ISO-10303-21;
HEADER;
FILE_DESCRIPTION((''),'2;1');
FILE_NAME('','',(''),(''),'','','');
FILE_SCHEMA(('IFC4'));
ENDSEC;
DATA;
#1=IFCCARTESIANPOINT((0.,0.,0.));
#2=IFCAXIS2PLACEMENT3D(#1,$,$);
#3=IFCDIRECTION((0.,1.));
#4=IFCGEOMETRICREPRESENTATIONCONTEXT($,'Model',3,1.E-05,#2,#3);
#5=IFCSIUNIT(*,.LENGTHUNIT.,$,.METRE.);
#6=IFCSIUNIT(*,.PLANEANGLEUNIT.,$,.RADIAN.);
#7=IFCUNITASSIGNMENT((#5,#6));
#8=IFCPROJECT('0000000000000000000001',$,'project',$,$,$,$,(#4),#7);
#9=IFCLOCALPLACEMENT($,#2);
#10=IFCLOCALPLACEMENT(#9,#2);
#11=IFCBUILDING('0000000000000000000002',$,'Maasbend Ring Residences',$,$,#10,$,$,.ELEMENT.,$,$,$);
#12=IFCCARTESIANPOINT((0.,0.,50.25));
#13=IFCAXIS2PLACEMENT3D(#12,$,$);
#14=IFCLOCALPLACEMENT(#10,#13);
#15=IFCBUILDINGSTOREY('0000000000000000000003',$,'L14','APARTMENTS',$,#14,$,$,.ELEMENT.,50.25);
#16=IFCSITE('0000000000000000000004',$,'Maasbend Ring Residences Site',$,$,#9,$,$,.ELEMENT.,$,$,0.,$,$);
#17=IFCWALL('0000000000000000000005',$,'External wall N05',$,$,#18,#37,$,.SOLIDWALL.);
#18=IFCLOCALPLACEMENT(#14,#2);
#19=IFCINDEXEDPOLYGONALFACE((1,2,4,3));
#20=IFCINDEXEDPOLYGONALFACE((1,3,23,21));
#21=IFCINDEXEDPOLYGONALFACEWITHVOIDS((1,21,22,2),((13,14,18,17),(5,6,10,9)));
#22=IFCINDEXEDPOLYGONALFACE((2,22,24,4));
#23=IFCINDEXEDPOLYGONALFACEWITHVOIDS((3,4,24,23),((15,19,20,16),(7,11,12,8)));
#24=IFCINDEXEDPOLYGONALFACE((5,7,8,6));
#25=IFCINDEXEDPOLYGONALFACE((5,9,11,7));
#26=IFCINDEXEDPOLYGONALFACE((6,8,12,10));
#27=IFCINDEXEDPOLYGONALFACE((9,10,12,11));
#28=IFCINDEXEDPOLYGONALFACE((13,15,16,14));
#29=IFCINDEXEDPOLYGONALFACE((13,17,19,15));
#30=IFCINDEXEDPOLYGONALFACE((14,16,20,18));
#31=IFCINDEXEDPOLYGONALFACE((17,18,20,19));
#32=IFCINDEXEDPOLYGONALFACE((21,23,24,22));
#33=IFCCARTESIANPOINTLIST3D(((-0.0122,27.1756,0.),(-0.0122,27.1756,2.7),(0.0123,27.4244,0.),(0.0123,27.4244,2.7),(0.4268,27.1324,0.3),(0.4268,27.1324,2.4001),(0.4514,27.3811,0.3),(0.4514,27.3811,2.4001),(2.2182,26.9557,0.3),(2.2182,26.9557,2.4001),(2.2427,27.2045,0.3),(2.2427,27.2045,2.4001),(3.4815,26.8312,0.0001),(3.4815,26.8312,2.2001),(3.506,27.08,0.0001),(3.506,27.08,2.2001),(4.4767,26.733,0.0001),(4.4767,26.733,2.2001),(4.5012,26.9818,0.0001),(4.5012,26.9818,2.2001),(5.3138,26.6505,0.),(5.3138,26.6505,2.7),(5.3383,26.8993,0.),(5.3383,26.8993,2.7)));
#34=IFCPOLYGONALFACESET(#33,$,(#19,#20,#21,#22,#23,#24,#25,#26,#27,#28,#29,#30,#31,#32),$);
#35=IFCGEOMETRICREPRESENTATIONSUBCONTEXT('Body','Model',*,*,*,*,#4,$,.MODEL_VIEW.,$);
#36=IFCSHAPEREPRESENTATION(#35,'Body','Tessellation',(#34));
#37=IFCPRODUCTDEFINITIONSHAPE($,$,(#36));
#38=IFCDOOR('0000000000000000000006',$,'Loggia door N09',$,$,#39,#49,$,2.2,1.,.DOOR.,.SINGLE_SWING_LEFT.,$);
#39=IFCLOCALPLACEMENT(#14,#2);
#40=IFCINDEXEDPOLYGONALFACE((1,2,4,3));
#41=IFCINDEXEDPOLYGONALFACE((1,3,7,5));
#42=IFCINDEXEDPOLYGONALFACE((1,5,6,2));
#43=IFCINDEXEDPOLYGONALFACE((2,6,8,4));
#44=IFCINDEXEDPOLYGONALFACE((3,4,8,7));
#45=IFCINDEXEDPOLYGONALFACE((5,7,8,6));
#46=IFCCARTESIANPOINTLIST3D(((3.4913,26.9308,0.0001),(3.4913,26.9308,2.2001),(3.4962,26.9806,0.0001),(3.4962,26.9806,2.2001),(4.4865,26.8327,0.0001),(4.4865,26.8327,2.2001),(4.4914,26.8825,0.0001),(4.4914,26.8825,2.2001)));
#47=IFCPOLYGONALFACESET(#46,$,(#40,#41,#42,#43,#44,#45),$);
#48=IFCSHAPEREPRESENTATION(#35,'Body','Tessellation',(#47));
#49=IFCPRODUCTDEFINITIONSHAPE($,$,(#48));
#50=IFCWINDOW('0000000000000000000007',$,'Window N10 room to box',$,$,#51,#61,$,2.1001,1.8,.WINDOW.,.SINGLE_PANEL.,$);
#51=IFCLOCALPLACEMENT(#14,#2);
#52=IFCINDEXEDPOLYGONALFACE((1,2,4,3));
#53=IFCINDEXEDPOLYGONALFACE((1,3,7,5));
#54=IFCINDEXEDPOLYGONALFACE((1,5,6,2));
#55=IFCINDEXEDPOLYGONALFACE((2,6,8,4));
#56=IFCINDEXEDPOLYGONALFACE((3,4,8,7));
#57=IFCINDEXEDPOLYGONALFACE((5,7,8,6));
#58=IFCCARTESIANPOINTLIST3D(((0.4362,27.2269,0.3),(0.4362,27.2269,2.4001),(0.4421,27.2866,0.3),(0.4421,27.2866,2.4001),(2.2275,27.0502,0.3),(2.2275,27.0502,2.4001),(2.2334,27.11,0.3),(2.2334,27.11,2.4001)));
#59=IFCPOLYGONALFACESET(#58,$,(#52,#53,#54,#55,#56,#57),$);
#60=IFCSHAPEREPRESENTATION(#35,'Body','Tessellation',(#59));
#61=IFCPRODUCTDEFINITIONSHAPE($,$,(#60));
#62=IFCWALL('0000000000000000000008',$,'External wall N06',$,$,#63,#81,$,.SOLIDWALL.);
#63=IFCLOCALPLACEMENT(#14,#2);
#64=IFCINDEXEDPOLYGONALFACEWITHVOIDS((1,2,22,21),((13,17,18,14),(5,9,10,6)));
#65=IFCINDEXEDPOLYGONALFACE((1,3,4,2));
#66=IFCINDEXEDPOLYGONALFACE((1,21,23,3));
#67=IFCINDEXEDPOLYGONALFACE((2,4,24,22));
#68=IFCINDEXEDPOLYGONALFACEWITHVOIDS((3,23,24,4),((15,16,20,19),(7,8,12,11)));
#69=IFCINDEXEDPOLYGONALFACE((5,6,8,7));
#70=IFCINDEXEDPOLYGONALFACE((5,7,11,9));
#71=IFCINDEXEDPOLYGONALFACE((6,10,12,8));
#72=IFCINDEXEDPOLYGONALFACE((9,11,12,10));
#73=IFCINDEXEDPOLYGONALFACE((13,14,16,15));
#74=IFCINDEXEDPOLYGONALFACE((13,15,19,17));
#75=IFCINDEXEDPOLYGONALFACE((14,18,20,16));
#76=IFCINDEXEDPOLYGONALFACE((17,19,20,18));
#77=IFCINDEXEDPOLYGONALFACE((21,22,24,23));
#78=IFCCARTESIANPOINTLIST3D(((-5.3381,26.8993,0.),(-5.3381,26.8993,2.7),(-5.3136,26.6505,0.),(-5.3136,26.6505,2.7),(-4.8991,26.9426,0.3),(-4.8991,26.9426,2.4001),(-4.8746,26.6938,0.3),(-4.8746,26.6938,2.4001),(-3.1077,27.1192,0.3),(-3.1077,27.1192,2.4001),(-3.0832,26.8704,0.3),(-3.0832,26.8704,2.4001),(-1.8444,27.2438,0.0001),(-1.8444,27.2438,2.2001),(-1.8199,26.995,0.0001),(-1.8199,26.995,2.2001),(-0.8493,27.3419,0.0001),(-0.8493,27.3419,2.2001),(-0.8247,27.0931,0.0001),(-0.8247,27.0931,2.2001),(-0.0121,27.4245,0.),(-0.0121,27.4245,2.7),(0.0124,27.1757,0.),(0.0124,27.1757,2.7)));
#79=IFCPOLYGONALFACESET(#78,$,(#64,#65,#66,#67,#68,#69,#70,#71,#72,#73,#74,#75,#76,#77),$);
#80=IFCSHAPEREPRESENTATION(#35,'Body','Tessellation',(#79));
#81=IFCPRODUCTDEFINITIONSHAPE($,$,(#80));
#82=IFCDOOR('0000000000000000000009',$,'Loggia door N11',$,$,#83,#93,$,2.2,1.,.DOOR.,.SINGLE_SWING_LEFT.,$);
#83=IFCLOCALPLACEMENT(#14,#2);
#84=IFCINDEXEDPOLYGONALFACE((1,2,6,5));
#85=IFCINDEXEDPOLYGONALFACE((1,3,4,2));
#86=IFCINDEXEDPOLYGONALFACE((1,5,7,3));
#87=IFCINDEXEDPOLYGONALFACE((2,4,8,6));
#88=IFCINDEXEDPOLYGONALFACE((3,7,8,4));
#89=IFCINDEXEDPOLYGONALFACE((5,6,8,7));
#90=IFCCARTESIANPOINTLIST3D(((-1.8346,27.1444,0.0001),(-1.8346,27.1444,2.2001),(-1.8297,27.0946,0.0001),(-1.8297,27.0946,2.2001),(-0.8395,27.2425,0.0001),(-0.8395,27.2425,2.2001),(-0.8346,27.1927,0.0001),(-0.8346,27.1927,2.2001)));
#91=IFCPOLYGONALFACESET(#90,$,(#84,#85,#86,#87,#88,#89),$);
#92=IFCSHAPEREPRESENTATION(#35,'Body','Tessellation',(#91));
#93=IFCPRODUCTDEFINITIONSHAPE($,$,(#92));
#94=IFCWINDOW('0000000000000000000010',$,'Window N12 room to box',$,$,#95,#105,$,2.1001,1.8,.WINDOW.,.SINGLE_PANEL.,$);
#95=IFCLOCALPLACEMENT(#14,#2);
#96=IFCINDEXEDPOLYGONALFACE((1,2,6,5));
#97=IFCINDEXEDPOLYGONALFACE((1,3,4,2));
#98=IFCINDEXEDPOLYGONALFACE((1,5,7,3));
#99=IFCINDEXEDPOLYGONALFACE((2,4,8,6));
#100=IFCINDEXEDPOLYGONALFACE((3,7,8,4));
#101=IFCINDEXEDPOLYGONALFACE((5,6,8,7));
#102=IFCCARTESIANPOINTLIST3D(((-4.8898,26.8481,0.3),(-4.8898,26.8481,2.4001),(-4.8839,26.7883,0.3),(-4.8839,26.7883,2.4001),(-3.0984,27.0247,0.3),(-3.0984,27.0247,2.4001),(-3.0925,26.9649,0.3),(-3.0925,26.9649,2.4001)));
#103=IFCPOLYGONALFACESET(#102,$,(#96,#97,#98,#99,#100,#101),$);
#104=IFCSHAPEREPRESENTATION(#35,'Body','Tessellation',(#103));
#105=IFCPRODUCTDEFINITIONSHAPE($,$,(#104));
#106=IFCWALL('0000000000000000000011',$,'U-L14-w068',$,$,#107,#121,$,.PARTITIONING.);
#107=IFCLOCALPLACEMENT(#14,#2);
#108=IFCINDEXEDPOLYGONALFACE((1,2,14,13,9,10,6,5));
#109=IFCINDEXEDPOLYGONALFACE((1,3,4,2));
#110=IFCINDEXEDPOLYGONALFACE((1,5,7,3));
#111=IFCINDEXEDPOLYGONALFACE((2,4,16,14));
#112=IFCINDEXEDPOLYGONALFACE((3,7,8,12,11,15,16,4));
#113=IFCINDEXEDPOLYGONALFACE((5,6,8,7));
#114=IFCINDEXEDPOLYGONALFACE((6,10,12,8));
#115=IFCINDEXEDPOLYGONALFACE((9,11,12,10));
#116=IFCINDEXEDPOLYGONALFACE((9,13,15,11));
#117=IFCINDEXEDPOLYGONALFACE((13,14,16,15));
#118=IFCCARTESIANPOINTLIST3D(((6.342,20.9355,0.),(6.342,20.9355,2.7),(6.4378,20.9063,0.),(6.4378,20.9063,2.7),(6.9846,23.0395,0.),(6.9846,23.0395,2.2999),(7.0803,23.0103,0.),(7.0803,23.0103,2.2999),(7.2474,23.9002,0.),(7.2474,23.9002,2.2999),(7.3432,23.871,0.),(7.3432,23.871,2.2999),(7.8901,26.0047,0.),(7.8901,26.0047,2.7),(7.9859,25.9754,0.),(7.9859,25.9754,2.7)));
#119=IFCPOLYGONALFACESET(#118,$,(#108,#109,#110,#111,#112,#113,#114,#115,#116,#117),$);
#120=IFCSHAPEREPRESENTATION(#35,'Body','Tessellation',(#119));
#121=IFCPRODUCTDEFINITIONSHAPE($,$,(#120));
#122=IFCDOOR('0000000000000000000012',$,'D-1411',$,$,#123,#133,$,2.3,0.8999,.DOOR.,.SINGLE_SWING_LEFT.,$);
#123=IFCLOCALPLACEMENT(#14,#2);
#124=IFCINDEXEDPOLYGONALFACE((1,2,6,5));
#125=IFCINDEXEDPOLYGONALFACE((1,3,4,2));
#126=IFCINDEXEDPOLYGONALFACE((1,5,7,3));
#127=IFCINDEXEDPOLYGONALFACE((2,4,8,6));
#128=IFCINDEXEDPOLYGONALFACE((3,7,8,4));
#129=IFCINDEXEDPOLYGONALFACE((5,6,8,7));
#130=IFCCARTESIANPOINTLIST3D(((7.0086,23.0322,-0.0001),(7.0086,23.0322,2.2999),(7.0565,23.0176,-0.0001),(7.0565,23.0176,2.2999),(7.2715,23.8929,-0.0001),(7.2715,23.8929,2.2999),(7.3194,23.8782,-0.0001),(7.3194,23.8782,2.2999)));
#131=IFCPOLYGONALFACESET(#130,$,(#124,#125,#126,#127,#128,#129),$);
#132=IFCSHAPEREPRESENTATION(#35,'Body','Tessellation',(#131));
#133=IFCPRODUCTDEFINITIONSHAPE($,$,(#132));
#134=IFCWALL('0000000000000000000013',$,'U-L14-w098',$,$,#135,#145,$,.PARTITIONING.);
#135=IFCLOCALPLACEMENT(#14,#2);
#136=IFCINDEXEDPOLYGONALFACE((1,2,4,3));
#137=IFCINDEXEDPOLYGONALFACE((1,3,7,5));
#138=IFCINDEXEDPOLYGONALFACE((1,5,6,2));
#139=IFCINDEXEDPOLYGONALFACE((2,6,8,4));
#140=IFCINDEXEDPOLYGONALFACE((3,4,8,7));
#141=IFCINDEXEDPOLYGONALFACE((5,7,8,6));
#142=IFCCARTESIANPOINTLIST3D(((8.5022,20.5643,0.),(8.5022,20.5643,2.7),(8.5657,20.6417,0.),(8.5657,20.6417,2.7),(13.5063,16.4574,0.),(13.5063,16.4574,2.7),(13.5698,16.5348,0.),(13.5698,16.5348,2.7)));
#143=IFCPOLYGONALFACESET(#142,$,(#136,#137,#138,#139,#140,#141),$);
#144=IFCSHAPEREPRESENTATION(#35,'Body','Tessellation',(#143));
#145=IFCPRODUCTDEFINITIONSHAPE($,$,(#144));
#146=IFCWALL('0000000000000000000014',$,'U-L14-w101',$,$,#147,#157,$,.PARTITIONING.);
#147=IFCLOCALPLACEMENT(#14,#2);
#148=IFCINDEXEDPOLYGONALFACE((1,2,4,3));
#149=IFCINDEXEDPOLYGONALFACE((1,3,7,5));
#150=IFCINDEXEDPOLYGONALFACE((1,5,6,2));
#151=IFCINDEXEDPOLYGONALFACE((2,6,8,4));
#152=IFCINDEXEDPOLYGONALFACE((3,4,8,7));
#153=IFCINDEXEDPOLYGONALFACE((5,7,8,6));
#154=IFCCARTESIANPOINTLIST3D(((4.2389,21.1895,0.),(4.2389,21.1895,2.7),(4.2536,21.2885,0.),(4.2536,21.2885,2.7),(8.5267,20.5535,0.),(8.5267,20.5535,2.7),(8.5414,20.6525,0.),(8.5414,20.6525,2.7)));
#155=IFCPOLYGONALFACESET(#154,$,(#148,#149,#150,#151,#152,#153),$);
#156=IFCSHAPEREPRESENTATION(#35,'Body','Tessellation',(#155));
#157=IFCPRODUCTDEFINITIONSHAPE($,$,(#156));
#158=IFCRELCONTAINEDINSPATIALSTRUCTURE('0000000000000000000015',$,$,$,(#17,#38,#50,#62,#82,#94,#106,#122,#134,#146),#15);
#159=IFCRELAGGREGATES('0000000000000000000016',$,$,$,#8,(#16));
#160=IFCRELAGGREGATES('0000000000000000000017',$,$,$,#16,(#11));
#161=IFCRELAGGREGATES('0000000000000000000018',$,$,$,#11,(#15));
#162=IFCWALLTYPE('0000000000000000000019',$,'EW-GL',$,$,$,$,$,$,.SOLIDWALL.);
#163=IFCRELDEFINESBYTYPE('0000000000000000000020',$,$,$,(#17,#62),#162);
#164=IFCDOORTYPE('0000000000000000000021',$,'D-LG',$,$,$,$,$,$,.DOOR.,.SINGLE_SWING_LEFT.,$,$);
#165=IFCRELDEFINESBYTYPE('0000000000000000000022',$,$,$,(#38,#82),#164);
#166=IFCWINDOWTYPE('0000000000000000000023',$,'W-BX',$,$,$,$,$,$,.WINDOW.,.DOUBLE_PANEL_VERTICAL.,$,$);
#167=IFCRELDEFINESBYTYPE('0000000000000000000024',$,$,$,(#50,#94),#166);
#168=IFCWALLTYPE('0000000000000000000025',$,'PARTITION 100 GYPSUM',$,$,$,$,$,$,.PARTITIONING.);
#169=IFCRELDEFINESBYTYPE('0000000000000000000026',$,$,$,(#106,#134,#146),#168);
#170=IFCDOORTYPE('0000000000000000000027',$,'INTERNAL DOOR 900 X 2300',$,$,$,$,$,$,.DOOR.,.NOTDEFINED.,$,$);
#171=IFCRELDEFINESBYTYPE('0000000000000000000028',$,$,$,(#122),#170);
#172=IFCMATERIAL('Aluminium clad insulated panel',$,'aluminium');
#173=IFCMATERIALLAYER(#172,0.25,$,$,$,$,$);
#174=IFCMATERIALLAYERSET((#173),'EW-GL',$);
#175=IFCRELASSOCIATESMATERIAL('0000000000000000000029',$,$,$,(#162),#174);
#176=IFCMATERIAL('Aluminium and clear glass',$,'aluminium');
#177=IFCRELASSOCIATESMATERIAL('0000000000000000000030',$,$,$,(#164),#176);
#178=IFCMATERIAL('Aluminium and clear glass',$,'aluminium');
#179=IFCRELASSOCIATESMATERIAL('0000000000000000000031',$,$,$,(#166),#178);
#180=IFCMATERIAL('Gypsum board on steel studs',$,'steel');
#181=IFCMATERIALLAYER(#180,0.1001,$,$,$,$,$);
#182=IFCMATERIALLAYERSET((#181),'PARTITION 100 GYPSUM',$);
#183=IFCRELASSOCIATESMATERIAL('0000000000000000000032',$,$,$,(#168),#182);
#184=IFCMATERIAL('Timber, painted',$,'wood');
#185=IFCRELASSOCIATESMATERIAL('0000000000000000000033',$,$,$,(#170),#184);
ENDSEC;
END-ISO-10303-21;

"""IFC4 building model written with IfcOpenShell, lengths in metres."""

from ifc_helpers import new_model, si_unit, direction, frame, frame_2d, origin, place, context, subcontext, project, spatial, rectangle, extrude, material, layer, layer_set, type_object, element, fill, save


model = new_model("IFC4")

# Units and contexts
model_context = context("Model", 3, precision=1e-05, world=origin(), true_north=direction((0.0, 1.0)))
body_context = subcontext(model_context, "Body", "Model", "MODEL_VIEW")
ifc_project = project(units=[si_unit("LENGTHUNIT", "METRE"), si_unit("PLANEANGLEUNIT", "RADIAN")], contexts=[model_context])

# Site, building, storey
site_placement = place(None, origin())
site = spatial("IfcSite", under=ifc_project, at=site_placement, Name="Maasbend Ring Residences Site", CompositionType="ELEMENT", RefElevation=0.0)
building_placement = place(site_placement, origin())
building = spatial("IfcBuilding", under=site, at=building_placement, Name="Maasbend Ring Residences", CompositionType="ELEMENT")
storey_placement = place(building_placement, frame((0.0, 0.0, 50.25)))
storey = spatial("IfcBuildingStorey", under=building, at=storey_placement, Name="L14", Description="APARTMENTS", CompositionType="ELEMENT", Elevation=50.25)

# Walls, openings, doors, windows
ifc_material_1 = material(Name="Aluminium clad insulated panel", Category="aluminium")
ifc_layer_1 = layer(ifc_material_1, 0.25)
ifc_layer_set_1 = layer_set([ifc_layer_1], Name="EW-GL")
wall_type_1 = type_object("IfcWallType", Name="EW-GL", PredefinedType="SOLIDWALL", material=ifc_layer_set_1)
wall_1_placement = place(storey_placement, frame((5.3259, 26.7749, 0.0), z_axis=(0.0, 0.0, 1.0), x_axis=(-0.995174, 0.098126, 0.0)))
wall_1 = element("IfcWall", 1, at=wall_1_placement, inside=storey, type_object=wall_type_1, Name="External wall N05", PredefinedType="SOLIDWALL", context=body_context, shape_type="SweptSolid", body=[
    extrude(rectangle(XDim=5.3518, YDim=0.25, at=frame_2d((2.6758, 0.0))), origin(), (0.0, 0.0, 1.0), 2.7),
])
opening_1_placement = place(wall_1_placement, frame((0.8411, 0.0, 0.0)))
opening_1 = element("IfcOpeningElement", 2, at=opening_1_placement, cuts=wall_1, PredefinedType="OPENING", context=body_context, shape_type="SweptSolid", body=[
    extrude(rectangle(XDim=1.0, YDim=2.2, at=frame_2d((0.5, 1.1001))), frame((0.0, 0.135, 0.0), z_axis=(0.0, -1.0, 0.0), x_axis=(1.0, 0.0, 0.0)), (0.0, 0.0, 1.0), 0.27),
])
opening_2_placement = place(wall_1_placement, frame((3.1106, 0.0, 0.3)))
opening_2 = element("IfcOpeningElement", 3, at=opening_2_placement, cuts=wall_1, PredefinedType="OPENING", context=body_context, shape_type="SweptSolid", body=[
    extrude(rectangle(XDim=1.8, YDim=2.1001, at=frame_2d((0.8999, 1.05))), frame((0.0, 0.135, 0.0), z_axis=(0.0, -1.0, 0.0), x_axis=(1.0, 0.0, 0.0)), (0.0, 0.0, 1.0), 0.27),
])
ifc_material_2 = material(Name="Aluminium and clear glass", Category="aluminium")
door_type_1 = type_object("IfcDoorType", Name="D-LG", OperationType="SINGLE_SWING_LEFT", PredefinedType="DOOR", material=ifc_material_2)
door_1_placement = place(opening_1_placement, origin())
door_1 = element("IfcDoor", 4, at=door_1_placement, inside=storey, type_object=door_type_1, Name="Loggia door N09", OperationType="SINGLE_SWING_LEFT", OverallHeight=2.2, OverallWidth=1.0, PredefinedType="DOOR", context=body_context, shape_type="SweptSolid", body=[
    extrude(rectangle(XDim=1.0, YDim=2.2, at=frame_2d((0.5, 1.1001))), frame((0.0, 0.0249, 0.0), z_axis=(0.0, -1.0, 0.0), x_axis=(1.0, 0.0, 0.0)), (0.0, 0.0, 1.0), 0.05),
])
fill(opening_1, door_1)
ifc_material_3 = material(Name="Aluminium and clear glass", Category="aluminium")
window_type_1 = type_object("IfcWindowType", Name="W-BX", PartitioningType="DOUBLE_PANEL_VERTICAL", PredefinedType="WINDOW", material=ifc_material_3)
window_1_placement = place(opening_2_placement, origin())
window_1 = element("IfcWindow", 5, at=window_1_placement, inside=storey, type_object=window_type_1, Name="Window N10 room to box", OverallHeight=2.1001, OverallWidth=1.8, PartitioningType="SINGLE_PANEL", PredefinedType="WINDOW", context=body_context, shape_type="SweptSolid", body=[
    extrude(rectangle(XDim=1.8, YDim=2.1001, at=frame_2d((0.8999, 1.05))), frame((0.0, 0.03, 0.0), z_axis=(0.0, -1.0, 0.0), x_axis=(1.0, 0.0, 0.0)), (0.0, 0.0, 1.0), 0.0601),
])
fill(opening_2, window_1)
wall_2_placement = place(storey_placement, frame((0.0, 27.3, 0.0), z_axis=(0.0, 0.0, 1.0), x_axis=(-0.995174, -0.098126, 0.0)))
wall_2 = element("IfcWall", 6, at=wall_2_placement, inside=storey, type_object=wall_type_1, Name="External wall N06", PredefinedType="SOLIDWALL", context=body_context, shape_type="SweptSolid", body=[
    extrude(rectangle(XDim=5.3518, YDim=0.25, at=frame_2d((2.6758, 0.0))), origin(), (0.0, 0.0, 1.0), 2.7),
])
opening_3_placement = place(wall_2_placement, frame((0.8411, 0.0, 0.0)))
opening_3 = element("IfcOpeningElement", 7, at=opening_3_placement, cuts=wall_2, PredefinedType="OPENING", context=body_context, shape_type="SweptSolid", body=[
    extrude(rectangle(XDim=1.0, YDim=2.2, at=frame_2d((0.5, 1.1001))), frame((0.0, 0.135, 0.0), z_axis=(0.0, -1.0, 0.0), x_axis=(1.0, 0.0, 0.0)), (0.0, 0.0, 1.0), 0.27),
])
opening_4_placement = place(wall_2_placement, frame((3.1106, 0.0, 0.3)))
opening_4 = element("IfcOpeningElement", 8, at=opening_4_placement, cuts=wall_2, PredefinedType="OPENING", context=body_context, shape_type="SweptSolid", body=[
    extrude(rectangle(XDim=1.8, YDim=2.1001, at=frame_2d((0.8999, 1.05))), frame((0.0, 0.135, 0.0), z_axis=(0.0, -1.0, 0.0), x_axis=(1.0, 0.0, 0.0)), (0.0, 0.0, 1.0), 0.27),
])
door_2_placement = place(opening_3_placement, origin())
door_2 = element("IfcDoor", 9, at=door_2_placement, inside=storey, type_object=door_type_1, Name="Loggia door N11", OperationType="SINGLE_SWING_LEFT", OverallHeight=2.2, OverallWidth=1.0, PredefinedType="DOOR", context=body_context, shape_type="SweptSolid", body=[
    extrude(rectangle(XDim=1.0, YDim=2.2, at=frame_2d((0.5, 1.1001))), frame((0.0, 0.0249, 0.0), z_axis=(0.0, -1.0, 0.0), x_axis=(1.0, 0.0, 0.0)), (0.0, 0.0, 1.0), 0.05),
])
fill(opening_3, door_2)
window_2_placement = place(opening_4_placement, origin())
window_2 = element("IfcWindow", 10, at=window_2_placement, inside=storey, type_object=window_type_1, Name="Window N12 room to box", OverallHeight=2.1001, OverallWidth=1.8, PartitioningType="SINGLE_PANEL", PredefinedType="WINDOW", context=body_context, shape_type="SweptSolid", body=[
    extrude(rectangle(XDim=1.8, YDim=2.1001, at=frame_2d((0.8999, 1.05))), frame((0.0, 0.03, 0.0), z_axis=(0.0, -1.0, 0.0), x_axis=(1.0, 0.0, 0.0)), (0.0, 0.0, 1.0), 0.0601),
])
fill(opening_4, window_2)

# Wall, opening, door
ifc_material_4 = material(Name="Gypsum board on steel studs", Category="steel")
ifc_layer_2 = layer(ifc_material_4, 0.1001)
ifc_layer_set_2 = layer_set([ifc_layer_2], Name="PARTITION 100 GYPSUM")
wall_type_2 = type_object("IfcWallType", Name="PARTITION 100 GYPSUM", PredefinedType="PARTITIONING", material=ifc_layer_set_2)
wall_3_placement = place(storey_placement, frame((6.3899, 20.9209, 0.0), z_axis=(0.0, 0.0, 1.0), x_axis=(0.292082, 0.956393, 0.0)))
wall_3 = element("IfcWall", 11, at=wall_3_placement, inside=storey, type_object=wall_type_2, Name="U-L14-w068", PredefinedType="PARTITIONING", context=body_context, shape_type="SweptSolid", body=[
    extrude(rectangle(XDim=5.3003, YDim=0.1001, at=frame_2d((2.6501, 0.0))), origin(), (0.0, 0.0, 1.0), 2.7),
])
opening_5_placement = place(wall_3_placement, frame((2.2, 0.0, 0.0)))
opening_5 = element("IfcOpeningElement", 12, at=opening_5_placement, cuts=wall_3, PredefinedType="OPENING", context=body_context, shape_type="SweptSolid", body=[
    extrude(rectangle(XDim=0.8999, YDim=2.3, at=frame_2d((0.45, 1.1499))), frame((0.0, 0.0601, 0.0), z_axis=(0.0, -1.0, 0.0), x_axis=(1.0, 0.0, 0.0)), (0.0, 0.0, 1.0), 0.1201),
])
ifc_material_5 = material(Name="Timber, painted", Category="wood")
door_type_2 = type_object("IfcDoorType", Name="INTERNAL DOOR 900 X 2300", OperationType="NOTDEFINED", PredefinedType="DOOR", material=ifc_material_5)
door_3_placement = place(opening_5_placement, origin())
door_3 = element("IfcDoor", 13, at=door_3_placement, inside=storey, type_object=door_type_2, Name="D-1411", OperationType="SINGLE_SWING_LEFT", OverallHeight=2.3, OverallWidth=0.8999, PredefinedType="DOOR", context=body_context, shape_type="SweptSolid", body=[
    extrude(rectangle(XDim=0.8999, YDim=2.3, at=frame_2d((0.45, 1.1499))), frame((0.0, 0.0249, 0.0), z_axis=(0.0, -1.0, 0.0), x_axis=(1.0, 0.0, 0.0)), (0.0, 0.0, 1.0), 0.05),
])
fill(opening_5, door_3)

# Walls
wall_4_placement = place(storey_placement, frame((8.5339, 20.603, 0.0), z_axis=(0.0, 0.0, 1.0), x_axis=(0.773, -0.634406, 0.0)))
element("IfcWall", 14, at=wall_4_placement, inside=storey, type_object=wall_type_2, Name="U-L14-w098", PredefinedType="PARTITIONING", context=body_context, shape_type="SweptSolid", body=[
    extrude(rectangle(XDim=6.4736, YDim=0.1001, at=frame_2d((3.2368, 0.0))), origin(), (0.0, 0.0, 1.0), 2.7),
])
wall_5_placement = place(storey_placement, frame((4.2461, 21.239, 0.0), z_axis=(0.0, 0.0, 1.0), x_axis=(0.989178, -0.146718, 0.0)))
element("IfcWall", 15, at=wall_5_placement, inside=storey, type_object=wall_type_2, Name="U-L14-w101", PredefinedType="PARTITIONING", context=body_context, shape_type="SweptSolid", body=[
    extrude(rectangle(XDim=4.3347, YDim=0.1001, at=frame_2d((2.1675, 0.0))), origin(), (0.0, 0.0, 1.0), 2.7),
])

save(model, "model.ifc")
